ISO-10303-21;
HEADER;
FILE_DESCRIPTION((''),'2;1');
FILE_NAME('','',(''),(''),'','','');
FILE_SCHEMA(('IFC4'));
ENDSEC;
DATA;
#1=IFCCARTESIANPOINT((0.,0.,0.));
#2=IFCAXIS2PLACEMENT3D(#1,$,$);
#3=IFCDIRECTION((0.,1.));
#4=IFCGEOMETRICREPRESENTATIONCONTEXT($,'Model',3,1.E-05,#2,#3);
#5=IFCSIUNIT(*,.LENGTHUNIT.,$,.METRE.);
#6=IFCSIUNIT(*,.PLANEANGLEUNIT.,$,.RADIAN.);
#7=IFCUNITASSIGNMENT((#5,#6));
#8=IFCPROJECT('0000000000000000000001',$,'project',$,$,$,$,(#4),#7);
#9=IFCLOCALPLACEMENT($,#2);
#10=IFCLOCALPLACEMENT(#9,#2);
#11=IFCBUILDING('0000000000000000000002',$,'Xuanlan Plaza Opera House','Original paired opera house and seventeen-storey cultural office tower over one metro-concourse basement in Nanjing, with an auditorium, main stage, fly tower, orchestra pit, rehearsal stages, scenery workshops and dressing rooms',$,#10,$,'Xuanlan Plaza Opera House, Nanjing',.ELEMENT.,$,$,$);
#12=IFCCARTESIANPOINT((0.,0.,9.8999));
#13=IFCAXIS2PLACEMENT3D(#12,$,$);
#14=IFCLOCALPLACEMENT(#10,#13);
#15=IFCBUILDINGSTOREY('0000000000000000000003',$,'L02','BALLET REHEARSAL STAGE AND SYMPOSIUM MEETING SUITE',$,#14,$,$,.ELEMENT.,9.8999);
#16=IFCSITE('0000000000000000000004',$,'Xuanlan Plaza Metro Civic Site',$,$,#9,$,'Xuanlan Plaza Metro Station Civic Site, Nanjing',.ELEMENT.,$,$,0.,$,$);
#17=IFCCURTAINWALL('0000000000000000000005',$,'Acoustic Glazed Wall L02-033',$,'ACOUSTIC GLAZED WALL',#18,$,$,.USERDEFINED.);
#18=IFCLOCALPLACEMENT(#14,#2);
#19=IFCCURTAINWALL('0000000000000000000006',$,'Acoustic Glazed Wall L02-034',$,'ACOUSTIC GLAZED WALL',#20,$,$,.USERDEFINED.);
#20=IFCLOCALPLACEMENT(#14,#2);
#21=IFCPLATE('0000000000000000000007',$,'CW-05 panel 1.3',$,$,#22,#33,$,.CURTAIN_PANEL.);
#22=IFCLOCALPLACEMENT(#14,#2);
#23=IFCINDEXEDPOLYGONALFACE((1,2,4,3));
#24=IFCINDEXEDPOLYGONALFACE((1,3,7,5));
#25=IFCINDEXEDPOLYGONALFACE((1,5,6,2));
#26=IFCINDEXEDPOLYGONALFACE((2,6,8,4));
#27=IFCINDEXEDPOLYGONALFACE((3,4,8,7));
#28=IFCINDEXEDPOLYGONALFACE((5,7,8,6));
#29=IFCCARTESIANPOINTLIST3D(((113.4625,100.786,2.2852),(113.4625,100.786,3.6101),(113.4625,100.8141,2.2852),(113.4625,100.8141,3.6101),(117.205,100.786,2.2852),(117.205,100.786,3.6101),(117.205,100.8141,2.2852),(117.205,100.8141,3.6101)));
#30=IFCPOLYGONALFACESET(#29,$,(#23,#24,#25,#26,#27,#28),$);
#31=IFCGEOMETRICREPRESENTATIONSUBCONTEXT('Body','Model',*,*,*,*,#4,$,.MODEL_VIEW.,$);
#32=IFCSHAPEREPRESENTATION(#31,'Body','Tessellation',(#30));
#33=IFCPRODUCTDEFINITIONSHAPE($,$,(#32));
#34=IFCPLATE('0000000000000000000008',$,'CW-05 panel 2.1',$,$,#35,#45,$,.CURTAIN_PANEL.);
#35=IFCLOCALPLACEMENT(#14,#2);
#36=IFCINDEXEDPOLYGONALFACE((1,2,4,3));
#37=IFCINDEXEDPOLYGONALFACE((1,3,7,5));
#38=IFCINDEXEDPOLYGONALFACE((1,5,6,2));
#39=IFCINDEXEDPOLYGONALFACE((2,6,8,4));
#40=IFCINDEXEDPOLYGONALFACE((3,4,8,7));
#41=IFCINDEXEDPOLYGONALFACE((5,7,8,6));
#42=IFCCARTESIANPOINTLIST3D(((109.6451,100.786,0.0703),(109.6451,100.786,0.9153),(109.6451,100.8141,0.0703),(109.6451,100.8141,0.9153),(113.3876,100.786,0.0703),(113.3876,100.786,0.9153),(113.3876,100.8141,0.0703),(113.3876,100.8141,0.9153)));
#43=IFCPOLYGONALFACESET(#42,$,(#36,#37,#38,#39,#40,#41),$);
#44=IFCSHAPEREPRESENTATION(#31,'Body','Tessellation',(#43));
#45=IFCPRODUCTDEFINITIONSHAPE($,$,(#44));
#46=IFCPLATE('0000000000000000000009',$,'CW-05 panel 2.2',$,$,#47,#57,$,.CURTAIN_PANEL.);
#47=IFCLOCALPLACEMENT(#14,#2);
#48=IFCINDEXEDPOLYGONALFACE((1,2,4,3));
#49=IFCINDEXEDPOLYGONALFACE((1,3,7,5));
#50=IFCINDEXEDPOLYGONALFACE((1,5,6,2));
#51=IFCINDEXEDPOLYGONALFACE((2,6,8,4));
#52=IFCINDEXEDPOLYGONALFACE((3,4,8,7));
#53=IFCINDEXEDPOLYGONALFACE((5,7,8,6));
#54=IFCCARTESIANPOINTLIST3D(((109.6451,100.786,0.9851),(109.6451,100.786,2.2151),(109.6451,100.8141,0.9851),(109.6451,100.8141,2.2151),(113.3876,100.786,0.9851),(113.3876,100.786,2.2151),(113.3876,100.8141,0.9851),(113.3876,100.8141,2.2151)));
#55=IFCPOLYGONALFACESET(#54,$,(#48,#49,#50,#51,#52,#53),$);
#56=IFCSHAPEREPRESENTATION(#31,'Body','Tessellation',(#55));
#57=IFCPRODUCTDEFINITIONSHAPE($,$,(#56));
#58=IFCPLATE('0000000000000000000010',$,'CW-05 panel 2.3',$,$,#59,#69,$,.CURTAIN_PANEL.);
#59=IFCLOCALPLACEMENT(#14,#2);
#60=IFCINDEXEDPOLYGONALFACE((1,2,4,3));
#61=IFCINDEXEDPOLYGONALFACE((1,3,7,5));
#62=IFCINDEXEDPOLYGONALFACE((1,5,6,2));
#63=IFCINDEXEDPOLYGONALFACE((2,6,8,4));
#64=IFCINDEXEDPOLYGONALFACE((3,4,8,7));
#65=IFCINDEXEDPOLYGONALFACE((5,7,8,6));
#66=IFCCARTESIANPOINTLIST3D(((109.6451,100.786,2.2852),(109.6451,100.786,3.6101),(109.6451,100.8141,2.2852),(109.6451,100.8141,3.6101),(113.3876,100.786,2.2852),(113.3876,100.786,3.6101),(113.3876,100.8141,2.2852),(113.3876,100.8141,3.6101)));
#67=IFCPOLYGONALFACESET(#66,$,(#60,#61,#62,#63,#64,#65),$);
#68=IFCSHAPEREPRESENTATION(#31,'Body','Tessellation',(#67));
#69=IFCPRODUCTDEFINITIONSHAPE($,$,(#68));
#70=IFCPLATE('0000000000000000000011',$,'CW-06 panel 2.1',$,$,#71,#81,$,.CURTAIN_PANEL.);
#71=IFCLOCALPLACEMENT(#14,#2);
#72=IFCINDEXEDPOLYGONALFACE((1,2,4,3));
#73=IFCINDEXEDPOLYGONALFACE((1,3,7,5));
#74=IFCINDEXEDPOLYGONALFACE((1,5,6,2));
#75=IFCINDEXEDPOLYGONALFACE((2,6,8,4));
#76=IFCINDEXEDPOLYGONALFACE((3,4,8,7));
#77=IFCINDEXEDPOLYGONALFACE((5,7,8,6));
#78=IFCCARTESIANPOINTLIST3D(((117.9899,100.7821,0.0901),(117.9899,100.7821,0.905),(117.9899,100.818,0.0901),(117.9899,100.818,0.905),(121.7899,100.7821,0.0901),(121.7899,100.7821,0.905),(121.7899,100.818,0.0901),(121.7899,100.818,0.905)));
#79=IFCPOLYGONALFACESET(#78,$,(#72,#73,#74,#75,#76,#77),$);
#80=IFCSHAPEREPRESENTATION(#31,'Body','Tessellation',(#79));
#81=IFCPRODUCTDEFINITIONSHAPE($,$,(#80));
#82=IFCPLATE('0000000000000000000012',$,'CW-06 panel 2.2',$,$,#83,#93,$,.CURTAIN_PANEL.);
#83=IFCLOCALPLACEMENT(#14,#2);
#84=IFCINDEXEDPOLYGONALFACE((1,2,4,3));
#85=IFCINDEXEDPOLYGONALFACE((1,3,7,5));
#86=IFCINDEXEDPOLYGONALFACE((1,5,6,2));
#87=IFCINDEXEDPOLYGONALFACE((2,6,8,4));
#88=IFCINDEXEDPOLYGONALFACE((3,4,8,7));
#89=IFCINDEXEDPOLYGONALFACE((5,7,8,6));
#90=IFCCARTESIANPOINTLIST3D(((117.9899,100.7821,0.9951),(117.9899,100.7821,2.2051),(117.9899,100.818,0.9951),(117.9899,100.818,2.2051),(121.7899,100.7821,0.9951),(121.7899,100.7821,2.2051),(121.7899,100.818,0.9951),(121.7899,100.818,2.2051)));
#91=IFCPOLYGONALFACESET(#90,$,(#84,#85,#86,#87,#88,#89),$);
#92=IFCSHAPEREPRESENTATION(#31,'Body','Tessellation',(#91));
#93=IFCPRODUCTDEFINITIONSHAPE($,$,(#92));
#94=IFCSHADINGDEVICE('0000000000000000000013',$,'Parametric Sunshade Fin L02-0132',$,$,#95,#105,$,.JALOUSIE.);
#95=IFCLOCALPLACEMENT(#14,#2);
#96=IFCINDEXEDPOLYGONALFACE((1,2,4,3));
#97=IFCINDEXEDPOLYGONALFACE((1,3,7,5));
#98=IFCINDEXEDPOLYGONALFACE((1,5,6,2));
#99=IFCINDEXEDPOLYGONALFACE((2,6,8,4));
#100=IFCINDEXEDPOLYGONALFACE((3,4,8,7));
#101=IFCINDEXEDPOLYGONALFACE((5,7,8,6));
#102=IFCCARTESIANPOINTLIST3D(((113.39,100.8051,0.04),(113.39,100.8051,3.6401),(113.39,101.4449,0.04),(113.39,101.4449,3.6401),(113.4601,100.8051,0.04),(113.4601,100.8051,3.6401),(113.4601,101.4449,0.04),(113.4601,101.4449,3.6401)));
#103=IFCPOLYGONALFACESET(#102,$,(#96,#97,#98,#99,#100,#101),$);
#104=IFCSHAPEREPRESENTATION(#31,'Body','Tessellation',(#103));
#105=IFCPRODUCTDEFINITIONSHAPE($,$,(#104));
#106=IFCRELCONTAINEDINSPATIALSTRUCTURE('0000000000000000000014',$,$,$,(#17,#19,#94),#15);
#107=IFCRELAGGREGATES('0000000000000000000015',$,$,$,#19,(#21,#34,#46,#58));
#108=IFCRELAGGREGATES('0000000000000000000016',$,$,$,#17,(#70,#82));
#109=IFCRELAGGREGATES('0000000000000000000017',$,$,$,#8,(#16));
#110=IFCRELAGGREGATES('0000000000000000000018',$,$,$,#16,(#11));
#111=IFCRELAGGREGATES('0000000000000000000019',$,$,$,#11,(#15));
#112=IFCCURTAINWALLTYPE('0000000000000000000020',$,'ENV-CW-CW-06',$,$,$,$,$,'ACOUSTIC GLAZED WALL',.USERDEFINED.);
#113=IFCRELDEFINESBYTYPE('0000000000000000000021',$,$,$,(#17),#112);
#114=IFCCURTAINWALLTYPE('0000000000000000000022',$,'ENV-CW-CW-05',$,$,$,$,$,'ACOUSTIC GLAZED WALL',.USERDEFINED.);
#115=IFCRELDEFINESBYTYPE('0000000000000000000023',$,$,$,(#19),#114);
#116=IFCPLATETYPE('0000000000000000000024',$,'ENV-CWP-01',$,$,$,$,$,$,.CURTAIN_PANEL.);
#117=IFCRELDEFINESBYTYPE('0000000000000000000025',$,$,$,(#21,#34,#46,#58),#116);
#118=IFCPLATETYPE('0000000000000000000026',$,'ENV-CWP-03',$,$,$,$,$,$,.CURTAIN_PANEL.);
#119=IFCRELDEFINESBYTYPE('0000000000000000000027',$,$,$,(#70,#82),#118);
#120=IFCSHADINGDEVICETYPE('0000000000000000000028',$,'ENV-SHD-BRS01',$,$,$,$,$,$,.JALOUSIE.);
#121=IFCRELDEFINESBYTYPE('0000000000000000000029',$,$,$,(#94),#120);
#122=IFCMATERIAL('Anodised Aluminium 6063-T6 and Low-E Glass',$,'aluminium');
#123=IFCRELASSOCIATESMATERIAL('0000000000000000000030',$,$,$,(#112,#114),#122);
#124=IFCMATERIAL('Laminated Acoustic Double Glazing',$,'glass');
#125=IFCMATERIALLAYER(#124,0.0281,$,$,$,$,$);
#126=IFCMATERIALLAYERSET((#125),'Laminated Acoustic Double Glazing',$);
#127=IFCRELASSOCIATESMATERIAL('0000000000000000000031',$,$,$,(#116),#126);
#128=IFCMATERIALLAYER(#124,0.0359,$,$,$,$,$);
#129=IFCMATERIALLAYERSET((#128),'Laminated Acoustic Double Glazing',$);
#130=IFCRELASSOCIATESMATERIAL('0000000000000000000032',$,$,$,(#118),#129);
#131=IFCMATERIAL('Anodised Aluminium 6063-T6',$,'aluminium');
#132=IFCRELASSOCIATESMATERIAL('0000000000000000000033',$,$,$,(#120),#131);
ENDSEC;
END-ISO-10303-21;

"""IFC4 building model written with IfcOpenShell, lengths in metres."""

from ifc_helpers import new_model, si_unit, direction, frame, origin, origin_2d, place, context, subcontext, project, spatial, rectangle, extrude, material, layer, layer_set, type_object, element, aggregate, save


model = new_model("IFC4")

# Units and contexts
model_context = context("Model", 3, precision=1e-05, world=origin(), true_north=direction((0.0, 1.0)))
body_context = subcontext(model_context, "Body", "Model", "MODEL_VIEW")
ifc_project = project(units=[si_unit("LENGTHUNIT", "METRE"), si_unit("PLANEANGLEUNIT", "RADIAN")], contexts=[model_context])

# Site, building, storey
site_placement = place(None, origin())
site = spatial("IfcSite", under=ifc_project, at=site_placement, Name="Xuanlan Plaza Metro Civic Site", LongName="Xuanlan Plaza Metro Station Civic Site, Nanjing", CompositionType="ELEMENT", RefElevation=0.0)
building_placement = place(site_placement, origin())
building = spatial("IfcBuilding", under=site, at=building_placement, Name="Xuanlan Plaza Opera House", Description="Original paired opera house and seventeen-storey cultural office tower over one metro-concourse basement in Nanjing, with an auditorium, main stage, fly tower, orchestra pit, rehearsal stages, scenery workshops and dressing rooms", LongName="Xuanlan Plaza Opera House, Nanjing", CompositionType="ELEMENT")
storey_placement = place(building_placement, frame((0.0, 0.0, 9.8999)))
storey = spatial("IfcBuildingStorey", under=building, at=storey_placement, Name="L02", Description="BALLET REHEARSAL STAGE AND SYMPOSIUM MEETING SUITE", CompositionType="ELEMENT", Elevation=9.8999)

# Curtain wall
ifc_material_1 = material(Name="Anodised Aluminium 6063-T6 and Low-E Glass", Category="aluminium")
curtain_wall_type_1 = type_object("IfcCurtainWallType", Name="ENV-CW-CW-06", ElementType="ACOUSTIC GLAZED WALL", PredefinedType="USERDEFINED", material=ifc_material_1)
curtain_wall_1_placement = place(storey_placement, origin())
curtain_wall_1 = element("IfcCurtainWall", 1, at=curtain_wall_1_placement, inside=storey, type_object=curtain_wall_type_1, Name="Acoustic Glazed Wall L02-033", ObjectType="ACOUSTIC GLAZED WALL", PredefinedType="USERDEFINED")
ifc_material_2 = material(Name="Anodised Aluminium 6063-T6", Category="aluminium")

# Curtain wall
curtain_wall_type_2 = type_object("IfcCurtainWallType", Name="ENV-CW-CW-05", ElementType="ACOUSTIC GLAZED WALL", PredefinedType="USERDEFINED", material=ifc_material_1)
curtain_wall_2_placement = place(storey_placement, origin())
curtain_wall_2 = element("IfcCurtainWall", 2, at=curtain_wall_2_placement, inside=storey, type_object=curtain_wall_type_2, Name="Acoustic Glazed Wall L02-034", ObjectType="ACOUSTIC GLAZED WALL", PredefinedType="USERDEFINED")

# Plates
ifc_material_3 = material(Name="Laminated Acoustic Double Glazing", Category="glass")
ifc_layer_1 = layer(ifc_material_3, 0.0281)
ifc_layer_set_1 = layer_set([ifc_layer_1], Name="Laminated Acoustic Double Glazing")
plate_type_1 = type_object("IfcPlateType", Name="ENV-CWP-01", PredefinedType="CURTAIN_PANEL", material=ifc_layer_set_1)
plate_1_placement = place(storey_placement, frame((115.3337, 100.8, 2.2852), z_axis=(0.0, 0.0, 1.0), x_axis=(-1.0, 0.0, 0.0)))
plate_1 = element("IfcPlate", 3, at=plate_1_placement, type_object=plate_type_1, Name="CW-05 panel 1.3", PredefinedType="CURTAIN_PANEL", context=body_context, shape_type="SweptSolid", body=[
    extrude(rectangle(XDim=3.7424, YDim=0.0281, at=origin_2d()), origin(), (0.0, 0.0, 1.0), 1.325),
])
plate_2_placement = place(storey_placement, frame((111.5164, 100.8, 0.0703), z_axis=(0.0, 0.0, 1.0), x_axis=(-1.0, 0.0, 0.0)))
plate_2 = element("IfcPlate", 4, at=plate_2_placement, type_object=plate_type_1, Name="CW-05 panel 2.1", PredefinedType="CURTAIN_PANEL", context=body_context, shape_type="SweptSolid", body=[
    extrude(rectangle(XDim=3.7424, YDim=0.0281, at=origin_2d()), origin(), (0.0, 0.0, 1.0), 0.845),
])
plate_3_placement = place(storey_placement, frame((111.5164, 100.8, 0.9851), z_axis=(0.0, 0.0, 1.0), x_axis=(-1.0, 0.0, 0.0)))
plate_3 = element("IfcPlate", 5, at=plate_3_placement, type_object=plate_type_1, Name="CW-05 panel 2.2", PredefinedType="CURTAIN_PANEL", context=body_context, shape_type="SweptSolid", body=[
    extrude(rectangle(XDim=3.7424, YDim=0.0281, at=origin_2d()), origin(), (0.0, 0.0, 1.0), 1.23),
])
plate_4_placement = place(storey_placement, frame((111.5164, 100.8, 2.2852), z_axis=(0.0, 0.0, 1.0), x_axis=(-1.0, 0.0, 0.0)))
plate_4 = element("IfcPlate", 6, at=plate_4_placement, type_object=plate_type_1, Name="CW-05 panel 2.3", PredefinedType="CURTAIN_PANEL", context=body_context, shape_type="SweptSolid", body=[
    extrude(rectangle(XDim=3.7424, YDim=0.0281, at=origin_2d()), origin(), (0.0, 0.0, 1.0), 1.325),
])
aggregate(curtain_wall_2, [plate_1, plate_2, plate_3, plate_4])
ifc_layer_2 = layer(ifc_material_3, 0.0359)
ifc_layer_set_2 = layer_set([ifc_layer_2], Name="Laminated Acoustic Double Glazing")
plate_type_2 = type_object("IfcPlateType", Name="ENV-CWP-03", PredefinedType="CURTAIN_PANEL", material=ifc_layer_set_2)
plate_5_placement = place(storey_placement, frame((119.8899, 100.8, 0.0901), z_axis=(0.0, 0.0, 1.0), x_axis=(-1.0, 0.0, 0.0)))
plate_5 = element("IfcPlate", 7, at=plate_5_placement, type_object=plate_type_2, Name="CW-06 panel 2.1", PredefinedType="CURTAIN_PANEL", context=body_context, shape_type="SweptSolid", body=[
    extrude(rectangle(XDim=3.8, YDim=0.0359, at=origin_2d()), origin(), (0.0, 0.0, 1.0), 0.8149),
])
plate_6_placement = place(storey_placement, frame((119.8899, 100.8, 0.9951), z_axis=(0.0, 0.0, 1.0), x_axis=(-1.0, 0.0, 0.0)))
plate_6 = element("IfcPlate", 8, at=plate_6_placement, type_object=plate_type_2, Name="CW-06 panel 2.2", PredefinedType="CURTAIN_PANEL", context=body_context, shape_type="SweptSolid", body=[
    extrude(rectangle(XDim=3.8, YDim=0.0359, at=origin_2d()), origin(), (0.0, 0.0, 1.0), 1.21),
])
aggregate(curtain_wall_1, [plate_5, plate_6])

# Shading device
shading_device_type = type_object("IfcShadingDeviceType", Name="ENV-SHD-BRS01", PredefinedType="JALOUSIE", material=ifc_material_2)
shading_device_placement = place(storey_placement, frame((113.425, 101.125, 0.04), z_axis=(0.0, 0.0, 1.0), x_axis=(0.0, 1.0, 0.0)))
element("IfcShadingDevice", 9, at=shading_device_placement, inside=storey, type_object=shading_device_type, Name="Parametric Sunshade Fin L02-0132", PredefinedType="JALOUSIE", context=body_context, shape_type="SweptSolid", body=[
    extrude(rectangle(XDim=0.6399, YDim=0.0701, at=origin_2d()), origin(), (0.0, 0.0, 1.0), 3.6001),
])

save(model, "model.ifc")
